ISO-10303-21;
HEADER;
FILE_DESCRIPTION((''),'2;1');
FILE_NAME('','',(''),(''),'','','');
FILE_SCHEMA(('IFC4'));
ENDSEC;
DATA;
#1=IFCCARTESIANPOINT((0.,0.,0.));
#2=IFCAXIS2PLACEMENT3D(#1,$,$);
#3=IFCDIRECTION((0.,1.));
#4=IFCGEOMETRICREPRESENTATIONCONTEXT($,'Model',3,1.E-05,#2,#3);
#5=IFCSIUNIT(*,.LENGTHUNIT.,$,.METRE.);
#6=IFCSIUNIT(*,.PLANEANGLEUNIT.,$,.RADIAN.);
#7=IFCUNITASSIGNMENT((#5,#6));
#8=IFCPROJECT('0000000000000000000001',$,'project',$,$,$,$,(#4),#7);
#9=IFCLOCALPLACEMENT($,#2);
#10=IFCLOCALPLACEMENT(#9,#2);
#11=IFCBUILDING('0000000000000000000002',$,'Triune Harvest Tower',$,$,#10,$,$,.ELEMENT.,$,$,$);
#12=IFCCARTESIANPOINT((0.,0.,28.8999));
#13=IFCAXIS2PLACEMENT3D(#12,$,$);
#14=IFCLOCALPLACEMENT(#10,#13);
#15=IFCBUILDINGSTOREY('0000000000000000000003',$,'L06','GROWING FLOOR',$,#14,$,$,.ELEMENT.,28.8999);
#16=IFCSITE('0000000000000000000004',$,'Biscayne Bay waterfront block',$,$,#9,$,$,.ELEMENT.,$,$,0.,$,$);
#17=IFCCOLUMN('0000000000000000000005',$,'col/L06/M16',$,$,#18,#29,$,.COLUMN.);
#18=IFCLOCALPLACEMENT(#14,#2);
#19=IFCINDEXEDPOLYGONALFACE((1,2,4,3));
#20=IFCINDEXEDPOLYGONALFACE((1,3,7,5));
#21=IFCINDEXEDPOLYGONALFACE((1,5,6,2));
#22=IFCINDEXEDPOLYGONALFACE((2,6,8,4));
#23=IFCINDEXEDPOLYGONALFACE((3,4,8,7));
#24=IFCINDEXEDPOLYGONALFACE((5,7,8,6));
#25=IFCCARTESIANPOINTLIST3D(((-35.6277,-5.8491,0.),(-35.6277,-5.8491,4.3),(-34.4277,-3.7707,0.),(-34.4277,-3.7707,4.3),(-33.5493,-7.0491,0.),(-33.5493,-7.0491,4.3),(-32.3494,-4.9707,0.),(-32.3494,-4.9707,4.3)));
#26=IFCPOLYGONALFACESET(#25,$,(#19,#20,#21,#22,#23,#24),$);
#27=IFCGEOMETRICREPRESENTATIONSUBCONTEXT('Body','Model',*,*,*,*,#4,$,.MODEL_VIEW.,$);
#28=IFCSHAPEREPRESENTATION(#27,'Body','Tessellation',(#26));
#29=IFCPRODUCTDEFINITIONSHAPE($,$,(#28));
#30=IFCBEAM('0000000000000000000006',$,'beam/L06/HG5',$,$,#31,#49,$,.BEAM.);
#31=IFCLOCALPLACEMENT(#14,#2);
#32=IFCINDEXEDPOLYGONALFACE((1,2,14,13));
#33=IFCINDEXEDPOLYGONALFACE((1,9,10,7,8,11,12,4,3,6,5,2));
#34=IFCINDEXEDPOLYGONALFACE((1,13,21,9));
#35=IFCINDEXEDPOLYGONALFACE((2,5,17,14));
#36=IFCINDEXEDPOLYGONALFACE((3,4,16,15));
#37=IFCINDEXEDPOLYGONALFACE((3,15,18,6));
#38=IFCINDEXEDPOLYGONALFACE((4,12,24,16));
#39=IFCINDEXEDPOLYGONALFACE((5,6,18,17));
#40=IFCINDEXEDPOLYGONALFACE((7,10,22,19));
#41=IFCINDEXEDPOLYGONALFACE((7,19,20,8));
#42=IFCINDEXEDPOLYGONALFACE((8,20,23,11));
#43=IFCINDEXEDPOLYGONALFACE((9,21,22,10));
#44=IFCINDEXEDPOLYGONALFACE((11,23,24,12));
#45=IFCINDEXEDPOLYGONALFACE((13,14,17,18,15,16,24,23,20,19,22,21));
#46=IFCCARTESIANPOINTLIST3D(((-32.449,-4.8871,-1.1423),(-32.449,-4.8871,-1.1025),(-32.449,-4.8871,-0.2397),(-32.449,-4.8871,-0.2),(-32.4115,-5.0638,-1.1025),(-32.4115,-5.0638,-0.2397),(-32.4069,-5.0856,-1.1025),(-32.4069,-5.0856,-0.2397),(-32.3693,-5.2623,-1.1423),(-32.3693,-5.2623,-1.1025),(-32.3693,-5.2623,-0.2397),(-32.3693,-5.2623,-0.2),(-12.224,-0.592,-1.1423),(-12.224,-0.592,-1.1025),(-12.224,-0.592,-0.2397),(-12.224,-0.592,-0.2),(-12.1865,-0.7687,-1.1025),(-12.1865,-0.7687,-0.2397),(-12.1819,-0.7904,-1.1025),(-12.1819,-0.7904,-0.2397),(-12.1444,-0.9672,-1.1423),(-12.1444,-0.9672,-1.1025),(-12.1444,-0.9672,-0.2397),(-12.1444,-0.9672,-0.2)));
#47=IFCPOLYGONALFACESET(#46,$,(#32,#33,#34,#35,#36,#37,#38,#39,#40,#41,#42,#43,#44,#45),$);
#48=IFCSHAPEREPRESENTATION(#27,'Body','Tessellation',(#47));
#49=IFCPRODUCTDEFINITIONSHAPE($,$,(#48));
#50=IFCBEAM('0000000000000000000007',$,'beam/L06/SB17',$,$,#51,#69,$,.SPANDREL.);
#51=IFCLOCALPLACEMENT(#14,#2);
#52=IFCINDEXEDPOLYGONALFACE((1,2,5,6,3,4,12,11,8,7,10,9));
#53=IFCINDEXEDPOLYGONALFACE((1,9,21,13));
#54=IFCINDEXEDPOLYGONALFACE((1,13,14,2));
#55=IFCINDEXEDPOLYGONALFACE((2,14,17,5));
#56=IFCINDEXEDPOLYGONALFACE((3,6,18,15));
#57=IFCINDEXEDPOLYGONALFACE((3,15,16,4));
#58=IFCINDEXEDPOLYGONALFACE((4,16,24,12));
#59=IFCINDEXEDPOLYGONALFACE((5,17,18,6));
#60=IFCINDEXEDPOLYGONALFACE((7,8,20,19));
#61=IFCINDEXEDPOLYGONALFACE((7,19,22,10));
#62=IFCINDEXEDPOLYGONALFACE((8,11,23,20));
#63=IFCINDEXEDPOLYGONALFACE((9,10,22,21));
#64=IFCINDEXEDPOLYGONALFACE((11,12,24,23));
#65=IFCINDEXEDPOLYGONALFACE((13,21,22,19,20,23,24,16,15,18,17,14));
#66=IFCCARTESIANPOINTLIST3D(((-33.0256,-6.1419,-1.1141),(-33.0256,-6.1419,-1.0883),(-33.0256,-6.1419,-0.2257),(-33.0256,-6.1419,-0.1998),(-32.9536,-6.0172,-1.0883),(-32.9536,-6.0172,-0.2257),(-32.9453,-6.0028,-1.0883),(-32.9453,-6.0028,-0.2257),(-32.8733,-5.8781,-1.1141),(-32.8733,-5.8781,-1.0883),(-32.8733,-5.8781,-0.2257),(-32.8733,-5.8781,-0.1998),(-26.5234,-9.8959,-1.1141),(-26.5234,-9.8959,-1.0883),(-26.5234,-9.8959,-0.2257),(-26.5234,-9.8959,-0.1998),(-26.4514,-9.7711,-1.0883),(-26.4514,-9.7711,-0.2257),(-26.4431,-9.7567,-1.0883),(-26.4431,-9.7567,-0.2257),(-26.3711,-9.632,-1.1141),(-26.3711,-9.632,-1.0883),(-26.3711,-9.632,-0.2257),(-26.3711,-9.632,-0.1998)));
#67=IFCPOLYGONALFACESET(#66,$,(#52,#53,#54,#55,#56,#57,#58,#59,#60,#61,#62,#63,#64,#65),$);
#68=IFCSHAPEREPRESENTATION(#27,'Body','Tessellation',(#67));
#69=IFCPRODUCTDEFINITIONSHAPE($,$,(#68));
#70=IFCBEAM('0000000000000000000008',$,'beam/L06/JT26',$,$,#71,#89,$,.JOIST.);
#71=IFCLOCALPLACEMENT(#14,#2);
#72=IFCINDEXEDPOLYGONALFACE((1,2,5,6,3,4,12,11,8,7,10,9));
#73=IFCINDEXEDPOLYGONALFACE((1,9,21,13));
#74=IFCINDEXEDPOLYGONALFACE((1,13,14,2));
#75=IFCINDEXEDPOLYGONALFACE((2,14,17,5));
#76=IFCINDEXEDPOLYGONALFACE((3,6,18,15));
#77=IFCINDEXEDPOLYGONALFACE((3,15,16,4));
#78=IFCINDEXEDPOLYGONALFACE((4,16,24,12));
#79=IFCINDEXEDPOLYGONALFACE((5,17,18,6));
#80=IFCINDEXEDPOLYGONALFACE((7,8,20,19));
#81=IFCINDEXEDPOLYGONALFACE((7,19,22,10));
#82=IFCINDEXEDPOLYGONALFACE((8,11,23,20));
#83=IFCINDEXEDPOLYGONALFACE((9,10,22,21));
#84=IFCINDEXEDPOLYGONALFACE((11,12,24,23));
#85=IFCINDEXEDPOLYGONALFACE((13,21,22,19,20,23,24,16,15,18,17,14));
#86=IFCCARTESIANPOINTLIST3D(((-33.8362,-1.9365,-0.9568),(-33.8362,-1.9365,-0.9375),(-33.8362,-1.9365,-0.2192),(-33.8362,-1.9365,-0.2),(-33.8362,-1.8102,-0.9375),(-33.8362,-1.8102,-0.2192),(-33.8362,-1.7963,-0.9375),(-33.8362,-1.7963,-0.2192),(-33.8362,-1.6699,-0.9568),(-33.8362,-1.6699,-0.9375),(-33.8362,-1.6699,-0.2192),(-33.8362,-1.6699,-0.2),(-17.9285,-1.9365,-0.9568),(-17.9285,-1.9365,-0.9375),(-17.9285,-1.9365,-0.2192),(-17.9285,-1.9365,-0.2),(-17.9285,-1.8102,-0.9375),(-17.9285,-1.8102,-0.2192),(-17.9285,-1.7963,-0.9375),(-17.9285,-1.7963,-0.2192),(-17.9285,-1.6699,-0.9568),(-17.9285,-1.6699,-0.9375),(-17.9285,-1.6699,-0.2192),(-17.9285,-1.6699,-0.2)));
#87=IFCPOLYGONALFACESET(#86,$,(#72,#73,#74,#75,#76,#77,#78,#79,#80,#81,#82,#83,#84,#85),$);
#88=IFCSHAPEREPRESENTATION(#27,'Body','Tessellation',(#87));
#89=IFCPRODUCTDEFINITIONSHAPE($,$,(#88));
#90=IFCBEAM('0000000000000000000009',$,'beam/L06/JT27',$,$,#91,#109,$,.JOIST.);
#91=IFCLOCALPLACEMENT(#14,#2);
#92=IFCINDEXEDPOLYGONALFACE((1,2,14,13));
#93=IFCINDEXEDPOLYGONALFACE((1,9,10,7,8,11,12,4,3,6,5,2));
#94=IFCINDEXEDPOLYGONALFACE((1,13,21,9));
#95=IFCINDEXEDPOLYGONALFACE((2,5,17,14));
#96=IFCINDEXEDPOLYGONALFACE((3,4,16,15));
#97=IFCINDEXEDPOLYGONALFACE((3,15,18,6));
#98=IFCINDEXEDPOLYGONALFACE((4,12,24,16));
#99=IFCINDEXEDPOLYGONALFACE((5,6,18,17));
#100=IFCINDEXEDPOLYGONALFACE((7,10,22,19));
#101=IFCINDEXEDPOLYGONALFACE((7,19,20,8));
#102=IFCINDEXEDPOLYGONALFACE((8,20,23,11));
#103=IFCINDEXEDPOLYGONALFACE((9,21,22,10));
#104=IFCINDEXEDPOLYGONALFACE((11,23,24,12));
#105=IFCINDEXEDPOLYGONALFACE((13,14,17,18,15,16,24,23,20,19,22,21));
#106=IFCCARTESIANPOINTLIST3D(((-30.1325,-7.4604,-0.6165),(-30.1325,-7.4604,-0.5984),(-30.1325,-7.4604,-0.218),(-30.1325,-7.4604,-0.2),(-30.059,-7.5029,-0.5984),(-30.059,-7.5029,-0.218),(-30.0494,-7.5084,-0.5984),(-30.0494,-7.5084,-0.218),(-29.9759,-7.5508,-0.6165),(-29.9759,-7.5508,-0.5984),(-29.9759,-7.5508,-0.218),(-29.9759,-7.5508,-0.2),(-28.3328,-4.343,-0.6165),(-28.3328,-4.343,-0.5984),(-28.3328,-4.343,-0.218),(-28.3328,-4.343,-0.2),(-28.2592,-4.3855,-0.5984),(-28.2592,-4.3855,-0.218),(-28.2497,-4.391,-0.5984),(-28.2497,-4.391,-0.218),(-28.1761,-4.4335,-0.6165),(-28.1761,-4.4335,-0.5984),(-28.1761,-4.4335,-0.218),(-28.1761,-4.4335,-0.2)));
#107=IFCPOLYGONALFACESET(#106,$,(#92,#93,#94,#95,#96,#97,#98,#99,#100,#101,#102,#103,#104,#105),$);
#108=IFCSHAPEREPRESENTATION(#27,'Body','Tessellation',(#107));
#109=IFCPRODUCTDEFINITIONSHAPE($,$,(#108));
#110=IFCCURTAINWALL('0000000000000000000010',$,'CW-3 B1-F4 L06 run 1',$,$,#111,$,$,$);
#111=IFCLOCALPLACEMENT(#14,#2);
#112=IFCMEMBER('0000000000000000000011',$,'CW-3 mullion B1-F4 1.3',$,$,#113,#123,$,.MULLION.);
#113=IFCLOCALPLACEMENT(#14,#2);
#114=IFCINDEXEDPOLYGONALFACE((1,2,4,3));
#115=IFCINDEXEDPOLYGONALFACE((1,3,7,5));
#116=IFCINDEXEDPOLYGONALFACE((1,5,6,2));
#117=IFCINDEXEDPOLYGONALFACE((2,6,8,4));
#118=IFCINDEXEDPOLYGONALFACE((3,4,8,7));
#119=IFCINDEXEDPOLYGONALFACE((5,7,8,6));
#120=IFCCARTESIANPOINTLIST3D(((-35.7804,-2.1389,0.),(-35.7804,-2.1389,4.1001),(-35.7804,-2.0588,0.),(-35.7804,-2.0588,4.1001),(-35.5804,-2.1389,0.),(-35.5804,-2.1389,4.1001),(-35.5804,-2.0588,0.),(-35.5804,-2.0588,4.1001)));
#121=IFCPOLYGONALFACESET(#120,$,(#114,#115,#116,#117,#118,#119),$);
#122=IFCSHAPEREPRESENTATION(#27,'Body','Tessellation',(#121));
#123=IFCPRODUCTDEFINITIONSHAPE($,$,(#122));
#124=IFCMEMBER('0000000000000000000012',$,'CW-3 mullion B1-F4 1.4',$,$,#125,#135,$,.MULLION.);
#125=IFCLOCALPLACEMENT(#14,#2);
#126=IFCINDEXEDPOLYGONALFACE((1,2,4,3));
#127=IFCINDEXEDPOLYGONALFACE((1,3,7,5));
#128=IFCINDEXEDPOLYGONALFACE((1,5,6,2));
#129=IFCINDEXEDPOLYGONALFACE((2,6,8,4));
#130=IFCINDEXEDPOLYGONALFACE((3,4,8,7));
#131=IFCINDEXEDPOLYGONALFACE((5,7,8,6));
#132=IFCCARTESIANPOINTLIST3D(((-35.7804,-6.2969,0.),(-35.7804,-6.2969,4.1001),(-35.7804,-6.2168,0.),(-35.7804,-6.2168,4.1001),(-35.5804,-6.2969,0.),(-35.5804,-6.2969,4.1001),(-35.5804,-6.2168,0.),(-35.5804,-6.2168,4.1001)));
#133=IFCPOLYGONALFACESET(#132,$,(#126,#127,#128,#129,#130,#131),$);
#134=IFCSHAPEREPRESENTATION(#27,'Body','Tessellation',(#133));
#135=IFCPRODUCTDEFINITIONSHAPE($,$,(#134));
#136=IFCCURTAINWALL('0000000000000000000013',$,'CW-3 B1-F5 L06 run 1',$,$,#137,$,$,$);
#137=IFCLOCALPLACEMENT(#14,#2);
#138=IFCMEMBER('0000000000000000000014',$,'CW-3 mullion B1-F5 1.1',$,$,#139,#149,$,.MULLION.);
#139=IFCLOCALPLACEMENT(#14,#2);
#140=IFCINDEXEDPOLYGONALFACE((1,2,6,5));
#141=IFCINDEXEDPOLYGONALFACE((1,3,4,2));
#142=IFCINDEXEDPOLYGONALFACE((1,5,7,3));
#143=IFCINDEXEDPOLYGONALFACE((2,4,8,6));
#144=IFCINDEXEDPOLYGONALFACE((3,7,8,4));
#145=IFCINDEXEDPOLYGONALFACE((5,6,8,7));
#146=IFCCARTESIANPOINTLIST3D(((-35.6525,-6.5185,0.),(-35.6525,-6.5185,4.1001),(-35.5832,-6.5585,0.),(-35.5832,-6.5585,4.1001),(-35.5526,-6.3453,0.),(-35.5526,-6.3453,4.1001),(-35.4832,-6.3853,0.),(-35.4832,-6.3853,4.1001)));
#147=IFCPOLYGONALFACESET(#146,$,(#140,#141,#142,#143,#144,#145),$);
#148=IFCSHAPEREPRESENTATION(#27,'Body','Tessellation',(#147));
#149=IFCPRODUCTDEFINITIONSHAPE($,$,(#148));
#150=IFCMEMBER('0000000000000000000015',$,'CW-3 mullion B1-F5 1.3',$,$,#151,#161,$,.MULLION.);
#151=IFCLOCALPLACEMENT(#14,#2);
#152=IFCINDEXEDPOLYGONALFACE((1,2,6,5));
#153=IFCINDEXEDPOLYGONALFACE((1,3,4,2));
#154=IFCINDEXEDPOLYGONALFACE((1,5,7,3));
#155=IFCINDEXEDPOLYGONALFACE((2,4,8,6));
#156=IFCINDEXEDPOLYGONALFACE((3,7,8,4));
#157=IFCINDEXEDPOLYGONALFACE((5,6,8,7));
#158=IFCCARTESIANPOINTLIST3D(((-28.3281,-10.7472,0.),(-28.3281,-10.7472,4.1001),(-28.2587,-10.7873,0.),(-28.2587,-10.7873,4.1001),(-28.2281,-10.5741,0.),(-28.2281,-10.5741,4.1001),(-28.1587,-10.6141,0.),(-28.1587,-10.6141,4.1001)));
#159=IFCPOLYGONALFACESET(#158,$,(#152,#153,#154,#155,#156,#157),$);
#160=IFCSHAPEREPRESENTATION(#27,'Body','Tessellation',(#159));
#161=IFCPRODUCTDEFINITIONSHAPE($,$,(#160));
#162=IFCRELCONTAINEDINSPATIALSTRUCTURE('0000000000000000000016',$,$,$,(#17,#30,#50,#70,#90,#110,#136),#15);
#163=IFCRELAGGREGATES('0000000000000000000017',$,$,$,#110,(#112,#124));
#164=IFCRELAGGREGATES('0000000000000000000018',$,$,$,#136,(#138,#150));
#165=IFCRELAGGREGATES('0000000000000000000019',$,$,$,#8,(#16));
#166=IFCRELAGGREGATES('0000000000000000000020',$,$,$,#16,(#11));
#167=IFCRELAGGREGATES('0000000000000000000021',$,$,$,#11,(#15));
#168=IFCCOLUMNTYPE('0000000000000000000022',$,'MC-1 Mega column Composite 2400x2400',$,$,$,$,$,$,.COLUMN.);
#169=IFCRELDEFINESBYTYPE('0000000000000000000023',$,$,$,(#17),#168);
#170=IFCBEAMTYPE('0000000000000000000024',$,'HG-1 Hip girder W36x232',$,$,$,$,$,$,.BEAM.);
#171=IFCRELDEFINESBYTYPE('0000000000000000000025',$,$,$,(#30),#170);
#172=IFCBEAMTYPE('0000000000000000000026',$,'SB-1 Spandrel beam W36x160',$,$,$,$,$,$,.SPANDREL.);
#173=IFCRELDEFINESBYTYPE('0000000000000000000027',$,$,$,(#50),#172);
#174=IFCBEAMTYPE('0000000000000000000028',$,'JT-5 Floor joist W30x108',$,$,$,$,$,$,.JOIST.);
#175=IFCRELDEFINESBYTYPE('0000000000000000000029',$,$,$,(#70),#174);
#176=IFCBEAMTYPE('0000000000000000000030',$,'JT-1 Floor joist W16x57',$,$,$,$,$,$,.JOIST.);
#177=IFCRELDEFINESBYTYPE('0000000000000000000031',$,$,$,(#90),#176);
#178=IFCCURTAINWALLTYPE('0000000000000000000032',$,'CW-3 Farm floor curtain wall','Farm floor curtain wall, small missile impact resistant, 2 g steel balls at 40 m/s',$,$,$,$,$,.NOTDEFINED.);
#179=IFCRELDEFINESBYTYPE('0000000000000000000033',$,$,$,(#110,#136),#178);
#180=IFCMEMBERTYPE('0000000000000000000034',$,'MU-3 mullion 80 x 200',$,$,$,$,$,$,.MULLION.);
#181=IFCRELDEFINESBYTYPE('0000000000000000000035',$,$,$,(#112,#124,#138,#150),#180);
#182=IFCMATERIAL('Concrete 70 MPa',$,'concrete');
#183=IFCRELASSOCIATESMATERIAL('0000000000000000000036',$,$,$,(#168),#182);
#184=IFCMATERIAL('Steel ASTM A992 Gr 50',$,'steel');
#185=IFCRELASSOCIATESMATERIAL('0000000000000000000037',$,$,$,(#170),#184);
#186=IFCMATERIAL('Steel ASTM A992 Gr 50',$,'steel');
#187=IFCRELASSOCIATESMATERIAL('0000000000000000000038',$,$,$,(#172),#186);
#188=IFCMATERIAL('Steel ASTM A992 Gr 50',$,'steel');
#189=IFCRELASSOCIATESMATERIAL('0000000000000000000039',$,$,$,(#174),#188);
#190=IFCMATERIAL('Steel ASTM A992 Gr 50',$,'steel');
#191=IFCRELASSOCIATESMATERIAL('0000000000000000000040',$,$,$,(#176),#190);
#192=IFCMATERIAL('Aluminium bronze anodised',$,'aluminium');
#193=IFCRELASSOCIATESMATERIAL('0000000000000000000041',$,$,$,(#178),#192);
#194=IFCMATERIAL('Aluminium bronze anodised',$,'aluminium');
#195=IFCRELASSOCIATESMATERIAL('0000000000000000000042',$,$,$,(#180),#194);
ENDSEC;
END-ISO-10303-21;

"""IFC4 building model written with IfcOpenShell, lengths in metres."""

from ifc_helpers import new_model, si_unit, direction, frame, origin, origin_2d, place, context, subcontext, project, spatial, rectangle, i_section, extrude, source, transform, mapped, material, material_profile, profile_set, type_object, element, aggregate, save


model = new_model("IFC4")

# Units and contexts
model_context = context("Model", 3, precision=1e-05, world=origin(), true_north=direction((0.0, 1.0)))
body_context = subcontext(model_context, "Body", "Model", "MODEL_VIEW")
ifc_project = project(units=[si_unit("LENGTHUNIT", "METRE"), si_unit("PLANEANGLEUNIT", "RADIAN")], contexts=[model_context])

# Site, building, storey
site_placement = place(None, origin())
site = spatial("IfcSite", under=ifc_project, at=site_placement, Name="Biscayne Bay waterfront block", CompositionType="ELEMENT", RefElevation=0.0)
building_placement = place(site_placement, origin())
building = spatial("IfcBuilding", under=site, at=building_placement, Name="Triune Harvest Tower", CompositionType="ELEMENT")
storey_placement = place(building_placement, frame((0.0, 0.0, 28.8999)))
storey = spatial("IfcBuildingStorey", under=building, at=storey_placement, Name="L06", Description="GROWING FLOOR", CompositionType="ELEMENT", Elevation=28.8999)

# Column
ifc_material_1 = material(Name="Concrete 70 MPa", Category="concrete")
ifc_material_profile_1 = material_profile(ifc_material_1, rectangle(XDim=2.3999, YDim=2.3999, at=origin_2d()), Name="Composite 2400x2400")
ifc_profile_set_1 = profile_set([ifc_material_profile_1], Name="Concrete 70 MPa")
column_type = type_object("IfcColumnType", Name="MC-1 Mega column Composite 2400x2400", PredefinedType="COLUMN", material=ifc_profile_set_1)
shared_shape_1 = source(origin(), body_context, "Body", "SweptSolid", [
    extrude(rectangle(XDim=2.3999, YDim=2.3999, at=origin_2d()), origin(), (0.0, 0.0, 1.0), 4.3),
])
column_placement = place(storey_placement, frame((-33.9885, -5.4099, 0.0), z_axis=(0.0, 0.0, 1.0), x_axis=(0.866025, -0.5, 0.0)))
element("IfcColumn", 1, at=column_placement, inside=storey, type_object=column_type, Name="col/L06/M16", PredefinedType="COLUMN", context=body_context, shape_type="MappedRepresentation", body=[
    mapped(shared_shape_1, transform((0.0, 0.0, 0.0), scale=1.0)),
])

# Beams
ifc_material_2 = material(Name="Steel ASTM A992 Gr 50", Category="steel")
ifc_material_profile_2 = material_profile(ifc_material_2, i_section(OverallWidth=0.3835, OverallDepth=0.9424, WebThickness=0.0222, FlangeThickness=0.0398, at=origin_2d()), Name="W36x232")
ifc_profile_set_2 = profile_set([ifc_material_profile_2], Name="Steel ASTM A992 Gr 50")
beam_type_1 = type_object("IfcBeamType", Name="HG-1 Hip girder W36x232", PredefinedType="BEAM", material=ifc_profile_set_2)
shared_shape_2 = source(origin(), body_context, "Body", "SweptSolid", [
    extrude(i_section(OverallWidth=0.3835, OverallDepth=0.9424, WebThickness=0.0222, FlangeThickness=0.0398, at=origin_2d()), origin(), (0.0, 0.0, 1.0), 20.676),
])
beam_1_placement = place(storey_placement, frame((-32.4092, -5.0747, -0.6711), z_axis=(0.978185, 0.207735, 0.0), x_axis=(-0.207735, 0.978185, 0.0)))
element("IfcBeam", 2, at=beam_1_placement, inside=storey, type_object=beam_type_1, Name="beam/L06/HG5", PredefinedType="BEAM", context=body_context, shape_type="MappedRepresentation", body=[
    mapped(shared_shape_2, transform((0.0, 0.0, 0.0), scale=1.0)),
])
ifc_material_3 = material(Name="Steel ASTM A992 Gr 50", Category="steel")
ifc_material_profile_3 = material_profile(ifc_material_3, i_section(OverallWidth=0.3047, OverallDepth=0.9143, WebThickness=0.0166, FlangeThickness=0.0259, at=origin_2d()), Name="W36x160")
ifc_profile_set_3 = profile_set([ifc_material_profile_3], Name="Steel ASTM A992 Gr 50")
beam_type_2 = type_object("IfcBeamType", Name="SB-1 Spandrel beam W36x160", PredefinedType="SPANDREL", material=ifc_profile_set_3)
shared_shape_3 = source(origin(), body_context, "Body", "SweptSolid", [
    extrude(i_section(OverallWidth=0.3047, OverallDepth=0.9143, WebThickness=0.0166, FlangeThickness=0.0259, at=origin_2d()), origin(), (0.0, 0.0, 1.0), 7.5081),
])
beam_2_placement = place(storey_placement, frame((-32.9495, -6.01, -0.657), z_axis=(0.866033, -0.499986, 0.0), x_axis=(0.499986, 0.866033, 0.0)))
element("IfcBeam", 3, at=beam_2_placement, inside=storey, type_object=beam_type_2, Name="beam/L06/SB17", PredefinedType="SPANDREL", context=body_context, shape_type="MappedRepresentation", body=[
    mapped(shared_shape_3, transform((0.0, 0.0, 0.0), scale=1.0)),
])
ifc_material_4 = material(Name="Steel ASTM A992 Gr 50", Category="steel")
ifc_material_profile_4 = material_profile(ifc_material_4, i_section(OverallWidth=0.2666, OverallDepth=0.7568, WebThickness=0.0139, FlangeThickness=0.0193, at=origin_2d()), Name="W30x108")
ifc_profile_set_4 = profile_set([ifc_material_profile_4], Name="Steel ASTM A992 Gr 50")
beam_type_3 = type_object("IfcBeamType", Name="JT-5 Floor joist W30x108", PredefinedType="JOIST", material=ifc_profile_set_4)
shared_shape_4 = source(origin(), body_context, "Body", "SweptSolid", [
    extrude(i_section(OverallWidth=0.2666, OverallDepth=0.7568, WebThickness=0.0139, FlangeThickness=0.0193, at=origin_2d()), origin(), (0.0, 0.0, 1.0), 15.9077),
])
beam_3_placement = place(storey_placement, frame((-33.8362, -1.8032, -0.5784), z_axis=(1.0, 0.0, 0.0), x_axis=(0.0, 1.0, 0.0)))
element("IfcBeam", 4, at=beam_3_placement, inside=storey, type_object=beam_type_3, Name="beam/L06/JT26", PredefinedType="JOIST", context=body_context, shape_type="MappedRepresentation", body=[
    mapped(shared_shape_4, transform((0.0, 0.0, 0.0), scale=1.0)),
])
ifc_material_5 = material(Name="Steel ASTM A992 Gr 50", Category="steel")
ifc_material_profile_5 = material_profile(ifc_material_5, i_section(OverallWidth=0.1809, OverallDepth=0.4165, WebThickness=0.011, FlangeThickness=0.0181, at=origin_2d()), Name="W16x57")
ifc_profile_set_5 = profile_set([ifc_material_profile_5], Name="Steel ASTM A992 Gr 50")
beam_type_4 = type_object("IfcBeamType", Name="JT-1 Floor joist W16x57", PredefinedType="JOIST", material=ifc_profile_set_5)
shared_shape_5 = source(origin(), body_context, "Body", "SweptSolid", [
    extrude(i_section(OverallWidth=0.1809, OverallDepth=0.4165, WebThickness=0.011, FlangeThickness=0.0181, at=origin_2d()), origin(), (0.0, 0.0, 1.0), 3.5996),
])
beam_4_placement = place(storey_placement, frame((-30.0542, -7.5056, -0.4082), z_axis=(0.499991, 0.866031, 0.0), x_axis=(-0.866031, 0.499991, 0.0)))
element("IfcBeam", 5, at=beam_4_placement, inside=storey, type_object=beam_type_4, Name="beam/L06/JT27", PredefinedType="JOIST", context=body_context, shape_type="MappedRepresentation", body=[
    mapped(shared_shape_5, transform((0.0, 0.0, 0.0), scale=1.0)),
])

# Curtain walls, members
ifc_material_6 = material(Name="Aluminium bronze anodised", Category="aluminium")
curtain_wall_type = type_object("IfcCurtainWallType", Name="CW-3 Farm floor curtain wall", Description="Farm floor curtain wall, small missile impact resistant, 2 g steel balls at 40 m/s", PredefinedType="NOTDEFINED", material=ifc_material_6)
curtain_wall_1_placement = place(storey_placement, origin())
curtain_wall_1 = element("IfcCurtainWall", 6, at=curtain_wall_1_placement, inside=storey, type_object=curtain_wall_type, Name="CW-3 B1-F4 L06 run 1")
ifc_material_7 = material(Name="Aluminium bronze anodised", Category="aluminium")
ifc_material_profile_6 = material_profile(ifc_material_7, rectangle(XDim=0.2, YDim=0.0801, at=origin_2d()), Name="MU-3 mullion 80 x 200")
ifc_profile_set_6 = profile_set([ifc_material_profile_6], Name="Aluminium bronze anodised")
member_type_1 = type_object("IfcMemberType", Name="MU-3 mullion 80 x 200", PredefinedType="MULLION", material=ifc_profile_set_6)
shared_shape_6 = source(origin(), body_context, "Body", "SweptSolid", [
    extrude(rectangle(XDim=0.2, YDim=0.0801, at=origin_2d()), origin(), (0.0, 0.0, 1.0), 4.1001),
])
member_1_placement = place(storey_placement, frame((-35.6804, -2.0989, 0.0), z_axis=(0.0, 0.0, 1.0), x_axis=(1.0, 0.0, 0.0)))
member_1 = element("IfcMember", 7, at=member_1_placement, type_object=member_type_1, Name="CW-3 mullion B1-F4 1.3", PredefinedType="MULLION", context=body_context, shape_type="MappedRepresentation", body=[
    mapped(shared_shape_6, transform((0.0, 0.0, 0.0), scale=1.0)),
])
member_2_placement = place(storey_placement, frame((-35.6804, -6.2568, 0.0), z_axis=(0.0, 0.0, 1.0), x_axis=(1.0, 0.0, 0.0)))
member_2 = element("IfcMember", 8, at=member_2_placement, type_object=member_type_1, Name="CW-3 mullion B1-F4 1.4", PredefinedType="MULLION", context=body_context, shape_type="MappedRepresentation", body=[
    mapped(shared_shape_6, transform((0.0, 0.0, 0.0), scale=1.0)),
])
curtain_wall_2_placement = place(storey_placement, origin())
curtain_wall_2 = element("IfcCurtainWall", 9, at=curtain_wall_2_placement, inside=storey, type_object=curtain_wall_type, Name="CW-3 B1-F5 L06 run 1")
member_3_placement = place(storey_placement, frame((-35.5679, -6.4519, 0.0), z_axis=(0.0, 0.0, 1.0), x_axis=(0.500001, 0.866025, 0.0)))
member_3 = element("IfcMember", 10, at=member_3_placement, type_object=member_type_1, Name="CW-3 mullion B1-F5 1.1", PredefinedType="MULLION", context=body_context, shape_type="MappedRepresentation", body=[
    mapped(shared_shape_6, transform((0.0, 0.0, 0.0), scale=1.0)),
])
member_4_placement = place(storey_placement, frame((-28.2434, -10.6807, 0.0), z_axis=(0.0, 0.0, 1.0), x_axis=(0.500001, 0.866025, 0.0)))
member_4 = element("IfcMember", 11, at=member_4_placement, type_object=member_type_1, Name="CW-3 mullion B1-F5 1.3", PredefinedType="MULLION", context=body_context, shape_type="MappedRepresentation", body=[
    mapped(shared_shape_6, transform((0.0, 0.0, 0.0), scale=1.0)),
])

aggregate(curtain_wall_1, [member_1, member_2])
aggregate(curtain_wall_2, [member_3, member_4])

save(model, "model.ifc")
